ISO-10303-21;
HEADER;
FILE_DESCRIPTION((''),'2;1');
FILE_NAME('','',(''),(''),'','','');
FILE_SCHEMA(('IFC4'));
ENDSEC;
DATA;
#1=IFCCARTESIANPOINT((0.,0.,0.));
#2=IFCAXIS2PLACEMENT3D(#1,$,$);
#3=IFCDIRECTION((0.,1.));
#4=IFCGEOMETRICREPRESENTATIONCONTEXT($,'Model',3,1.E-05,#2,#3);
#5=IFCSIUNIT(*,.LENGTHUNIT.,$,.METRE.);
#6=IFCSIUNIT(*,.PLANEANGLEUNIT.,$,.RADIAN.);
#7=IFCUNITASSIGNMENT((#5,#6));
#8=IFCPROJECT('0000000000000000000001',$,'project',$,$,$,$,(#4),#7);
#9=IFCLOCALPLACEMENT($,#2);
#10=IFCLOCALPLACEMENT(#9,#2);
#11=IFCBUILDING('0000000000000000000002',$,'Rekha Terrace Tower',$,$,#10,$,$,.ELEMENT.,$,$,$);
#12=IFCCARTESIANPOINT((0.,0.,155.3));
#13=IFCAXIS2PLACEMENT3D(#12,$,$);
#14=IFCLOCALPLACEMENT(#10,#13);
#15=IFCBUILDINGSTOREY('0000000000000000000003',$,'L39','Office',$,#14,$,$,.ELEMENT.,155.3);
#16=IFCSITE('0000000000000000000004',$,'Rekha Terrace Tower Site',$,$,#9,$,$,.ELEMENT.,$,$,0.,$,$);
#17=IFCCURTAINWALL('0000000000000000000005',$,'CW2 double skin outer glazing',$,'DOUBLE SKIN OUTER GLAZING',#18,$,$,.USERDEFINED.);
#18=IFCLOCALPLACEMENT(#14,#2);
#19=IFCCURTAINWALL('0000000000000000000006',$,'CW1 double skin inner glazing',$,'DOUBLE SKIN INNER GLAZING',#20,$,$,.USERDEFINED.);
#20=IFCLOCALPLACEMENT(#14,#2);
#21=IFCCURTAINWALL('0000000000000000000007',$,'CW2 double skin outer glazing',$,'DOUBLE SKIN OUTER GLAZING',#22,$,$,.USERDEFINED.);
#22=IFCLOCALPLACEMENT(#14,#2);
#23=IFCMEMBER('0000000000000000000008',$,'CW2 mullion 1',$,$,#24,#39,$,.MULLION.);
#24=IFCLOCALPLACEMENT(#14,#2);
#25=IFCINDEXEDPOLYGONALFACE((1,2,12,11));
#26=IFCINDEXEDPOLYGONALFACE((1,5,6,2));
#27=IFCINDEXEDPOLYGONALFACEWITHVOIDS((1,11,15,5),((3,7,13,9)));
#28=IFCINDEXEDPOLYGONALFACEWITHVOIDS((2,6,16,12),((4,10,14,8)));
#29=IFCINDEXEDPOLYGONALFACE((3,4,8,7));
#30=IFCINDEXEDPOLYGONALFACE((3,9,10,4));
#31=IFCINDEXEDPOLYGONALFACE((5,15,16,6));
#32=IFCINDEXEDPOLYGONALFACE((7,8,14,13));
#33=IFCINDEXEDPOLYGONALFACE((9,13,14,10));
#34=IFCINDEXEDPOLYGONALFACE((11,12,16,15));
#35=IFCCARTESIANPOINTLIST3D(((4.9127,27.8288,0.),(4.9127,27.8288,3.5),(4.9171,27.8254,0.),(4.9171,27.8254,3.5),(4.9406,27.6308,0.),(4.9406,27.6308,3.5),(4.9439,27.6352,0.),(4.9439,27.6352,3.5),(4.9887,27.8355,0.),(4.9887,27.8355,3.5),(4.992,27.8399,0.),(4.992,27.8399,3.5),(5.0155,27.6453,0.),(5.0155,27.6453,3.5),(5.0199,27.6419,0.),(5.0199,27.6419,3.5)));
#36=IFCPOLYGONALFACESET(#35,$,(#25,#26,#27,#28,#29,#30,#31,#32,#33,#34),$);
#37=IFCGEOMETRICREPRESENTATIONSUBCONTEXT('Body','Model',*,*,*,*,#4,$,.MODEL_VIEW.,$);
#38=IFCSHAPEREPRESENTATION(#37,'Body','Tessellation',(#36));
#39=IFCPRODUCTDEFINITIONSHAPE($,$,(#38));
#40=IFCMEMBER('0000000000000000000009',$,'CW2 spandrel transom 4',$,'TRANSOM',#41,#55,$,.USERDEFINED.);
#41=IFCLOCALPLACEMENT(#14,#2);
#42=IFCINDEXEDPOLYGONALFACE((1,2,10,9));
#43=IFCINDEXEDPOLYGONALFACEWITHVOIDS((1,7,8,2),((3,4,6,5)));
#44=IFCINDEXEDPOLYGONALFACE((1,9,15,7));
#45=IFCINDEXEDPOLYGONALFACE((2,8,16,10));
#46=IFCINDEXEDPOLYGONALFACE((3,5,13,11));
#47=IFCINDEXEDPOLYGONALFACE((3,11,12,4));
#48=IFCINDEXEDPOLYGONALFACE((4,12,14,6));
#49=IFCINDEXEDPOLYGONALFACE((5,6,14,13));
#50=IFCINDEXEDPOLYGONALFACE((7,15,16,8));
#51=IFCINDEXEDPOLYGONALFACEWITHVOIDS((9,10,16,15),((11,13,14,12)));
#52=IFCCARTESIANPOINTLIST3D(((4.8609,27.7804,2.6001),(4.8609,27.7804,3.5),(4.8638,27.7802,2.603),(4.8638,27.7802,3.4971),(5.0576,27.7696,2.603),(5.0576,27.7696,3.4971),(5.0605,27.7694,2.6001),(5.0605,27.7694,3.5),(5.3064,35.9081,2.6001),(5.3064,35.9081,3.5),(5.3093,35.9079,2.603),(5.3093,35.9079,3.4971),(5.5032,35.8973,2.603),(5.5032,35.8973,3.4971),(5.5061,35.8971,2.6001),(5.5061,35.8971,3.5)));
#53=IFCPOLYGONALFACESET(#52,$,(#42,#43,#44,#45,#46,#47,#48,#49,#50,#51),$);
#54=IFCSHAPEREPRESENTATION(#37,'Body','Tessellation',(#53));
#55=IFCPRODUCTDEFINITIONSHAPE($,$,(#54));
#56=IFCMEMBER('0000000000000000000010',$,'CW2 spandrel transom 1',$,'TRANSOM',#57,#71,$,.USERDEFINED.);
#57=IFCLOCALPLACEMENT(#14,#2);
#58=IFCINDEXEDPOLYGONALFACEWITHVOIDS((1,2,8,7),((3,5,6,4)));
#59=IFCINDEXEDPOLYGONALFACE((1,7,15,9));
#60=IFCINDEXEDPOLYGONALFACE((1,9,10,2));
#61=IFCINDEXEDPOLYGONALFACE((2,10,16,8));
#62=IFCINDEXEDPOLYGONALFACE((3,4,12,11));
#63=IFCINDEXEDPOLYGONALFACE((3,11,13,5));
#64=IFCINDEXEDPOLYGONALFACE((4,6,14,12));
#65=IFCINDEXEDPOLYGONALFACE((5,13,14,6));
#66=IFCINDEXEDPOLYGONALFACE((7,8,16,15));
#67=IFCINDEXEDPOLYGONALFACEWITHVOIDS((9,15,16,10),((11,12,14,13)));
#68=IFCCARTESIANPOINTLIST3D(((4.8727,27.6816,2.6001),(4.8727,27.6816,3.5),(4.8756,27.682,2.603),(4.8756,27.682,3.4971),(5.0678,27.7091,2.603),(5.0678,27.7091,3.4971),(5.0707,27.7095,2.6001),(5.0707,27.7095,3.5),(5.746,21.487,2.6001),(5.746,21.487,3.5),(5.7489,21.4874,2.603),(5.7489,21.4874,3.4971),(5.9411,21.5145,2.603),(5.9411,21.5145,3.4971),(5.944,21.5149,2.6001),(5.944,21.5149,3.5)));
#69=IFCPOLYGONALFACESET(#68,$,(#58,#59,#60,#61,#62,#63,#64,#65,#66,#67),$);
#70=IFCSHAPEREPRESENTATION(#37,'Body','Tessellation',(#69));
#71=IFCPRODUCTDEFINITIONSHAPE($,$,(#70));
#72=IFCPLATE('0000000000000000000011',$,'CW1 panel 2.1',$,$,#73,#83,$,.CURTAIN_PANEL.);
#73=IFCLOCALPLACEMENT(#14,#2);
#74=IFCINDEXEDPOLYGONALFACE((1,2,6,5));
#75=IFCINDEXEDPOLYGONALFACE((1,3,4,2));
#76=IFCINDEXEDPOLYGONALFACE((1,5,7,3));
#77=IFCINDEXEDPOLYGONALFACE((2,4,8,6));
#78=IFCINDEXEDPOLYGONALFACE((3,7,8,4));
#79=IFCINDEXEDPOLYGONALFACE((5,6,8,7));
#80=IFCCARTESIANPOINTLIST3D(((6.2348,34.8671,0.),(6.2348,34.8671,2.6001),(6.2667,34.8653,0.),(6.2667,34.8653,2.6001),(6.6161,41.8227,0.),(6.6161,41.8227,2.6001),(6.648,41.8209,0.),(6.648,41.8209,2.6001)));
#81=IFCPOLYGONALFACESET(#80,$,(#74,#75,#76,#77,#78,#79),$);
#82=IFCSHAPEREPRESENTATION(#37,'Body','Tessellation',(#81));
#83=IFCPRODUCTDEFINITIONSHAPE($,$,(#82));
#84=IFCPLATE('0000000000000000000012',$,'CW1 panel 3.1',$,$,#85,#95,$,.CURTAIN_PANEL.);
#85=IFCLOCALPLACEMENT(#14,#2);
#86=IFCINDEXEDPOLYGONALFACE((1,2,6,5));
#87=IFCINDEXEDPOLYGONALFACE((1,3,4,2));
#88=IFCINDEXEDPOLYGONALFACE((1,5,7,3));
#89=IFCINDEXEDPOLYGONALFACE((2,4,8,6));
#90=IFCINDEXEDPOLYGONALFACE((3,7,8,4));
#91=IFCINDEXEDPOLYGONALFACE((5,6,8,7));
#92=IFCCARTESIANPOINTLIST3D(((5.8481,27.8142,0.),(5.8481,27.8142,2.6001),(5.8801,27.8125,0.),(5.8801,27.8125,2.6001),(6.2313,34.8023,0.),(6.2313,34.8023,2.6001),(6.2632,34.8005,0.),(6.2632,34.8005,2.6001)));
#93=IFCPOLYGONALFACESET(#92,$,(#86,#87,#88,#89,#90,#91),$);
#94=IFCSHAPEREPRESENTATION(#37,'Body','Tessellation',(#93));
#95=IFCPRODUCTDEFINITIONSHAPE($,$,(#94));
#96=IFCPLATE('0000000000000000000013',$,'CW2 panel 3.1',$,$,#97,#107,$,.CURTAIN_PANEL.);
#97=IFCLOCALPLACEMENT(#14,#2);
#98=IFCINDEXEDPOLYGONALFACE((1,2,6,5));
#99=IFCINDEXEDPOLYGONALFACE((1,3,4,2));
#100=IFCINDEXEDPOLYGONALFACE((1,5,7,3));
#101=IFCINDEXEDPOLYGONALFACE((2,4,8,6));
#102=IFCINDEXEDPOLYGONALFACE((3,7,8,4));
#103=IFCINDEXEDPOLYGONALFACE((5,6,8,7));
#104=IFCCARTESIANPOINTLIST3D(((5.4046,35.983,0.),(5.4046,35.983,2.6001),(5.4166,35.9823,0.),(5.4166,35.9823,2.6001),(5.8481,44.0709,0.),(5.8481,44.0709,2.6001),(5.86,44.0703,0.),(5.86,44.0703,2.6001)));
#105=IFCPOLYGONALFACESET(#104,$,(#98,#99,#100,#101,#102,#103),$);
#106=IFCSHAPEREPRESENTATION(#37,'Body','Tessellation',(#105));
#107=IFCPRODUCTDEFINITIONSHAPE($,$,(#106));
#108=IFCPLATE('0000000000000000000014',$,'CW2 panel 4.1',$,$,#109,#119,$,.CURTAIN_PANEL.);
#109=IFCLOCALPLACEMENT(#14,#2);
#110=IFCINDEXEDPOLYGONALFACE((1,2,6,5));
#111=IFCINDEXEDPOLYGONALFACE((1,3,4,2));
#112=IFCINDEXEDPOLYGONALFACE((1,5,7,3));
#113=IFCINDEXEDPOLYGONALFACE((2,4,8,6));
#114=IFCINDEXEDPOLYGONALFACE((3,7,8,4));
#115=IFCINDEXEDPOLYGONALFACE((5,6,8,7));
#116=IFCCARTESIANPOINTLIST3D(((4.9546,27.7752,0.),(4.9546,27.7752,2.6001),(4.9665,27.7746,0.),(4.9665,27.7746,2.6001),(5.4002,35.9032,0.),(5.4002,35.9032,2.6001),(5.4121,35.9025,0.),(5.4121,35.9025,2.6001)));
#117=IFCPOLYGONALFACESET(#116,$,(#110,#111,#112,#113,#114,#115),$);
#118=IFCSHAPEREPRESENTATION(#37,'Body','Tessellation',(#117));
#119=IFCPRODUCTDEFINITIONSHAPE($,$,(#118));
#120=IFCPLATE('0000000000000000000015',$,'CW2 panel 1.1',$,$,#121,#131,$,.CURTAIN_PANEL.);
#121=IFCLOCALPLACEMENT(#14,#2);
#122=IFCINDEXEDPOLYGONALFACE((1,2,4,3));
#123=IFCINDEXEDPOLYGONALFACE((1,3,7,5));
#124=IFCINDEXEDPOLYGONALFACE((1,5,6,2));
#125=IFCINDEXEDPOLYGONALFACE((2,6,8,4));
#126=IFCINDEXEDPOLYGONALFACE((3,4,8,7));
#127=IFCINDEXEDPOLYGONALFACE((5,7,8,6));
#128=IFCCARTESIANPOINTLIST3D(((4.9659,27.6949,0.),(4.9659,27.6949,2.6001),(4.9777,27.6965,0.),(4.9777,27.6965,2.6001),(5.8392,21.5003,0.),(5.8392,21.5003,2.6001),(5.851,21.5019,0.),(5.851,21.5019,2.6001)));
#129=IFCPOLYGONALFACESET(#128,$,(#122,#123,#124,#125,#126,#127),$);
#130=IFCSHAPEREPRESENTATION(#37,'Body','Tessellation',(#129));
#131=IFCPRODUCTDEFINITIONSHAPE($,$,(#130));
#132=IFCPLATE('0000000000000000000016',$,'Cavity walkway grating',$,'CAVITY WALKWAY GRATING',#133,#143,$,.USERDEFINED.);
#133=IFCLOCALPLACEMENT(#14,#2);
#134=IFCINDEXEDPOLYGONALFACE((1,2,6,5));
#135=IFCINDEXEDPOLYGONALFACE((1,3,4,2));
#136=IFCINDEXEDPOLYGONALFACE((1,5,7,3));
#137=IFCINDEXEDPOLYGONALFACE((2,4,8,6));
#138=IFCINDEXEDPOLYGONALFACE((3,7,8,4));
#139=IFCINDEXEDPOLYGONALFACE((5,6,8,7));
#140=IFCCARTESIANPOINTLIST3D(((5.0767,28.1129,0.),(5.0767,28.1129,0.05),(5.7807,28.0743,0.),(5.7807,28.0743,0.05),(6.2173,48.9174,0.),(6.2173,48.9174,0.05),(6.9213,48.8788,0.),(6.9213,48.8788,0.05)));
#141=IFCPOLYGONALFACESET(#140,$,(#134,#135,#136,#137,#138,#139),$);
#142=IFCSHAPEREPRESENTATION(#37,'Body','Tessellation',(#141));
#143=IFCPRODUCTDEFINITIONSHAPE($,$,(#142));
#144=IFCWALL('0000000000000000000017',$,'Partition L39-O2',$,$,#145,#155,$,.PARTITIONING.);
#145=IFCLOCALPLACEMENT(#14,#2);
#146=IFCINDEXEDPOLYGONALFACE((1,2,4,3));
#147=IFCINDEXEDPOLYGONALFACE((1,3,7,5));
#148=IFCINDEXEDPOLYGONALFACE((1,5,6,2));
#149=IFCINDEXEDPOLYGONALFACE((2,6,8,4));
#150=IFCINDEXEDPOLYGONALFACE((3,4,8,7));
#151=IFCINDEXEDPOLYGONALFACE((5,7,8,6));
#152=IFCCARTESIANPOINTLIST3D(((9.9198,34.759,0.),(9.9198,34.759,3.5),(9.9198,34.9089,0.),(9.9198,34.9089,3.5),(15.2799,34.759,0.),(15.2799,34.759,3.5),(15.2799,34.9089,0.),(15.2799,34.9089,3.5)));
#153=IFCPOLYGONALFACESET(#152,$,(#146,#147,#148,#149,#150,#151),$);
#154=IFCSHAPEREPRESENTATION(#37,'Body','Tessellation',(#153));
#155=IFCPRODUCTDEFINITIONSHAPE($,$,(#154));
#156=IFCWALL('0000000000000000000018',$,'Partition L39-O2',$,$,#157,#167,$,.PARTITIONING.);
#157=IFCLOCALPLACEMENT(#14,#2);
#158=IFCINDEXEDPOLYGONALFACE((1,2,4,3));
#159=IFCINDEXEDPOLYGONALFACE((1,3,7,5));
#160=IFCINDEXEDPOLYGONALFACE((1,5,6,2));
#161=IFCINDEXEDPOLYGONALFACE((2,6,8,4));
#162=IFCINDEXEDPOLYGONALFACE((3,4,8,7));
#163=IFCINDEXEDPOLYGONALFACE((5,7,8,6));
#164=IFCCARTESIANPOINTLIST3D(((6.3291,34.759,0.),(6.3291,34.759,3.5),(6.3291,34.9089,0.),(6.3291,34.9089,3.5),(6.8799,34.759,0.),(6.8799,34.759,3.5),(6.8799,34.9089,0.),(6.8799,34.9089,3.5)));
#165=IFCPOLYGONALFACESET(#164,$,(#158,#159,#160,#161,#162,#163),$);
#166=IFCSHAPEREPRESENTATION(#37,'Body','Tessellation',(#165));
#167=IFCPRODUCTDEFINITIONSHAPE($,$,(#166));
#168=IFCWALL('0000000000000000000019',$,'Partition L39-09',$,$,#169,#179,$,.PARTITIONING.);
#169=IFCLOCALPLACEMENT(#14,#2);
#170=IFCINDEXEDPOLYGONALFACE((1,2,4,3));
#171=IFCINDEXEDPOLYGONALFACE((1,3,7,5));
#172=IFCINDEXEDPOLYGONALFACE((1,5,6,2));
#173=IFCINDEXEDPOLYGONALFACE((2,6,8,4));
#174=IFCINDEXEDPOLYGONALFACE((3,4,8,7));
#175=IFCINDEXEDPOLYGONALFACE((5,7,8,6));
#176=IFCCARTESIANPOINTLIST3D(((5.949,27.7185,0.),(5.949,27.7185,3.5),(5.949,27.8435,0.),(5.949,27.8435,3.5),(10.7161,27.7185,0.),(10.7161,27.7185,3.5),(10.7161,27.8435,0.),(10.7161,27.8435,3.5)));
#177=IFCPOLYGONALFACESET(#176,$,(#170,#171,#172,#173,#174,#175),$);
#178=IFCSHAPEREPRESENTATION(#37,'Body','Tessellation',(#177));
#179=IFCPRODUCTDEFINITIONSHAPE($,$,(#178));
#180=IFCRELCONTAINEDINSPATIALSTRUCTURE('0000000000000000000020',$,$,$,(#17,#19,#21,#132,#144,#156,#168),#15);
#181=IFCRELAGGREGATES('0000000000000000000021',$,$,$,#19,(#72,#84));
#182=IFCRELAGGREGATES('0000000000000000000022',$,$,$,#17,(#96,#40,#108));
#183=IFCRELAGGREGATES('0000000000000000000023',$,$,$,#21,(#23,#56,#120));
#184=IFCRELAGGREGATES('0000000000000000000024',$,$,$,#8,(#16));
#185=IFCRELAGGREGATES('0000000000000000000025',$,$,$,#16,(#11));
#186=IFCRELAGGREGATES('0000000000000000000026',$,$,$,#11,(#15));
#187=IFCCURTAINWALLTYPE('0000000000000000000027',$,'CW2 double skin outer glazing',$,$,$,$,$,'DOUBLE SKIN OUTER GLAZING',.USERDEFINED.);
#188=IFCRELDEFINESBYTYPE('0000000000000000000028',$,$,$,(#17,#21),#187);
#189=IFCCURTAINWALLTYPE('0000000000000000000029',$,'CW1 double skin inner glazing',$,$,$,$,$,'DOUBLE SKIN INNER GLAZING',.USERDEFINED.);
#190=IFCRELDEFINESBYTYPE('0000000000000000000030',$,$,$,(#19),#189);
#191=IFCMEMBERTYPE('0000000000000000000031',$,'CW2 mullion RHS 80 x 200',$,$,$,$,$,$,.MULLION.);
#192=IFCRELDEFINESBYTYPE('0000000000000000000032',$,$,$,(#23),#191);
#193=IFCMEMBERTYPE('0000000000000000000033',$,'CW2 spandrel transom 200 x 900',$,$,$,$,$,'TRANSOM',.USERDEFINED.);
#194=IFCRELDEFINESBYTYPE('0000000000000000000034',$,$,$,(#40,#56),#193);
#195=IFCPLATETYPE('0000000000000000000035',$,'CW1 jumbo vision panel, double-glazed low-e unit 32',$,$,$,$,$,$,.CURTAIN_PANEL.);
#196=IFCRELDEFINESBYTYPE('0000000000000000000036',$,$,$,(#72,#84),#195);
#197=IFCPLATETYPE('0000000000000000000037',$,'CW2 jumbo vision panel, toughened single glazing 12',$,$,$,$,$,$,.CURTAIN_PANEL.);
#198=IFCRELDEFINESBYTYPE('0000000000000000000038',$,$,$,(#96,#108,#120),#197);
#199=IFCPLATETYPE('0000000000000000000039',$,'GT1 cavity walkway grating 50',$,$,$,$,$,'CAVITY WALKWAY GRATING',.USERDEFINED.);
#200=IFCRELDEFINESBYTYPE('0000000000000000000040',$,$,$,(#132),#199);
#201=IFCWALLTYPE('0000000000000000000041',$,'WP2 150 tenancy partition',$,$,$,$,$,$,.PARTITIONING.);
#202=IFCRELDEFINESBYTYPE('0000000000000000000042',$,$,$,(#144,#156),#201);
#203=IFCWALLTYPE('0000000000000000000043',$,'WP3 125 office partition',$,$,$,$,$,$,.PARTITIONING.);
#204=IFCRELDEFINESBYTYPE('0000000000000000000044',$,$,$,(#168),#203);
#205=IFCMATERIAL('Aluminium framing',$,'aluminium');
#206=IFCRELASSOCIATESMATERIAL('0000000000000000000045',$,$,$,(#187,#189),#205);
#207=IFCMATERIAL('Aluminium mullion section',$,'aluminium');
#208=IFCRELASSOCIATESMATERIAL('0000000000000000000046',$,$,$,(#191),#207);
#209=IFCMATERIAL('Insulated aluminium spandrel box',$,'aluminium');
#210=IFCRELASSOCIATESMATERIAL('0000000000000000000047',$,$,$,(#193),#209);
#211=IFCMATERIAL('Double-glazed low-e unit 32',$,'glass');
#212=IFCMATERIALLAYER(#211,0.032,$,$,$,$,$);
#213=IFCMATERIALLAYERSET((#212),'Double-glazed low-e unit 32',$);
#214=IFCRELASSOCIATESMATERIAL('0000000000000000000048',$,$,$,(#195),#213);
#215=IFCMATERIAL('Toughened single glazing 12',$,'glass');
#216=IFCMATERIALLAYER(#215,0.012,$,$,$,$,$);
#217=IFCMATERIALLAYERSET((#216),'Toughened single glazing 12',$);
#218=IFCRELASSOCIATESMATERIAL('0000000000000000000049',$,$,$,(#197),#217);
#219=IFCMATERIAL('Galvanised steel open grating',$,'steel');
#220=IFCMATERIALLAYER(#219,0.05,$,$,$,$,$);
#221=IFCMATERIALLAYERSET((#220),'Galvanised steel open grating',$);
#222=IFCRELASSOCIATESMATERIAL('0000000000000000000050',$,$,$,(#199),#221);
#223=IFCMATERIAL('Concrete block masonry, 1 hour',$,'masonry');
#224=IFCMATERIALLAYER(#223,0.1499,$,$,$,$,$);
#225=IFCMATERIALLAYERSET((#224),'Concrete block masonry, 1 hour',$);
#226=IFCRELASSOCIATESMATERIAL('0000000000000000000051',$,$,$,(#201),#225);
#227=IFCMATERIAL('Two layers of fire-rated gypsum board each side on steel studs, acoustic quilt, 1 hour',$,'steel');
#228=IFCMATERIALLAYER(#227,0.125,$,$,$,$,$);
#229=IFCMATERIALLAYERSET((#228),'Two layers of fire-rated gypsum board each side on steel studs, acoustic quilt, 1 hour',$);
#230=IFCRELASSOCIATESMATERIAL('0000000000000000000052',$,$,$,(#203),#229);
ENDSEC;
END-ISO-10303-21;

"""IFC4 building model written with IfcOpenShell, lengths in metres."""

from ifc_helpers import new_model, si_unit, direction, frame, frame_2d, origin, origin_2d, place, context, subcontext, project, spatial, rectangle, hollow_rectangle, extrude, material, layer, layer_set, material_profile, profile_set, type_object, element, aggregate, save


model = new_model("IFC4")

# Units and contexts
model_context = context("Model", 3, precision=1e-05, world=origin(), true_north=direction((0.0, 1.0)))
body_context = subcontext(model_context, "Body", "Model", "MODEL_VIEW")
ifc_project = project(units=[si_unit("LENGTHUNIT", "METRE"), si_unit("PLANEANGLEUNIT", "RADIAN")], contexts=[model_context])

# Site, building, storey
site_placement = place(None, origin())
site = spatial("IfcSite", under=ifc_project, at=site_placement, Name="Rekha Terrace Tower Site", CompositionType="ELEMENT", RefElevation=0.0)
building_placement = place(site_placement, origin())
building = spatial("IfcBuilding", under=site, at=building_placement, Name="Rekha Terrace Tower", CompositionType="ELEMENT")
storey_placement = place(building_placement, frame((0.0, 0.0, 155.3)))
storey = spatial("IfcBuildingStorey", under=building, at=storey_placement, Name="L39", Description="Office", CompositionType="ELEMENT", Elevation=155.3)

# Curtain wall
ifc_material_1 = material(Name="Aluminium framing", Category="aluminium")
curtain_wall_type_1 = type_object("IfcCurtainWallType", Name="CW2 double skin outer glazing", ElementType="DOUBLE SKIN OUTER GLAZING", PredefinedType="USERDEFINED", material=ifc_material_1)
curtain_wall_1_placement = place(storey_placement, origin())
curtain_wall_1 = element("IfcCurtainWall", 1, at=curtain_wall_1_placement, inside=storey, type_object=curtain_wall_type_1, Name="CW2 double skin outer glazing", ObjectType="DOUBLE SKIN OUTER GLAZING", PredefinedType="USERDEFINED")

# Curtain wall
curtain_wall_type_2 = type_object("IfcCurtainWallType", Name="CW1 double skin inner glazing", ElementType="DOUBLE SKIN INNER GLAZING", PredefinedType="USERDEFINED", material=ifc_material_1)
curtain_wall_2_placement = place(storey_placement, origin())
curtain_wall_2 = element("IfcCurtainWall", 2, at=curtain_wall_2_placement, inside=storey, type_object=curtain_wall_type_2, Name="CW1 double skin inner glazing", ObjectType="DOUBLE SKIN INNER GLAZING", PredefinedType="USERDEFINED")
ifc_material_2 = material(Name="Aluminium mullion section", Category="aluminium")

# Shared definitions
ifc_material_3 = material(Name="Insulated aluminium spandrel box", Category="aluminium")
ifc_material_profile_1 = material_profile(ifc_material_2, hollow_rectangle(XDim=0.0801, YDim=0.2, WallThickness=0.0039, at=origin_2d()), Name="AL RHS 80x200")
ifc_profile_set_1 = profile_set([ifc_material_profile_1], Name="Aluminium mullion section")
member_type_1 = type_object("IfcMemberType", Name="CW2 mullion RHS 80 x 200", PredefinedType="MULLION", material=ifc_profile_set_1)

# Curtain wall, member
curtain_wall_3_placement = place(storey_placement, origin())
curtain_wall_3 = element("IfcCurtainWall", 3, at=curtain_wall_3_placement, inside=storey, type_object=curtain_wall_type_1, Name="CW2 double skin outer glazing", ObjectType="DOUBLE SKIN OUTER GLAZING", PredefinedType="USERDEFINED")
member_1_placement = place(storey_placement, frame((4.9663, 27.7354, 0.0), z_axis=(0.0, 0.0, 1.0), x_axis=(0.990208, 0.139597, 0.0)))
member_1 = element("IfcMember", 4, at=member_1_placement, type_object=member_type_1, Name="CW2 mullion 1", PredefinedType="MULLION", context=body_context, shape_type="SweptSolid", body=[
    extrude(hollow_rectangle(XDim=0.0801, YDim=0.2, WallThickness=0.0039, at=origin_2d()), origin(), (0.0, 0.0, 1.0), 3.5),
])

# Members
ifc_material_profile_2 = material_profile(ifc_material_3, hollow_rectangle(XDim=0.2, YDim=0.8999, WallThickness=0.0029, at=origin_2d()), Name="AL SPANDREL BOX 200x900")
ifc_profile_set_2 = profile_set([ifc_material_profile_2], Name="Insulated aluminium spandrel box")
member_type_2 = type_object("IfcMemberType", Name="CW2 spandrel transom 200 x 900", ElementType="TRANSOM", PredefinedType="USERDEFINED", material=ifc_profile_set_2)
member_2_placement = place(storey_placement, frame((5.4062, 35.9026, 3.05), z_axis=(-0.054737, -0.998501, 0.0), x_axis=(0.998501, -0.054737, 0.0)))
member_2 = element("IfcMember", 5, at=member_2_placement, type_object=member_type_2, Name="CW2 spandrel transom 4", ObjectType="TRANSOM", PredefinedType="USERDEFINED", context=body_context, shape_type="SweptSolid", body=[
    extrude(hollow_rectangle(XDim=0.2, YDim=0.8999, WallThickness=0.0029, at=origin_2d()), origin(), (0.0, 0.0, 1.0), 8.1399),
])
member_3_placement = place(storey_placement, frame((4.9717, 27.6956, 3.05), z_axis=(0.139596, -0.990209, 0.0), x_axis=(0.990209, 0.139596, 0.0)))
member_3 = element("IfcMember", 6, at=member_3_placement, type_object=member_type_2, Name="CW2 spandrel transom 1", ObjectType="TRANSOM", PredefinedType="USERDEFINED", context=body_context, shape_type="SweptSolid", body=[
    extrude(hollow_rectangle(XDim=0.2, YDim=0.8999, WallThickness=0.0029, at=origin_2d()), origin(), (0.0, 0.0, 1.0), 6.2559),
])

# Plates
ifc_material_4 = material(Name="Double-glazed low-e unit 32", Category="glass")
ifc_layer_1 = layer(ifc_material_4, 0.032)
ifc_layer_set_1 = layer_set([ifc_layer_1], Name="Double-glazed low-e unit 32")
plate_type_1 = type_object("IfcPlateType", Name="CW1 jumbo vision panel, double-glazed low-e unit 32", PredefinedType="CURTAIN_PANEL", material=ifc_layer_set_1)
plate_1_placement = place(storey_placement, frame((6.4414, 38.344, 0.0), z_axis=(0.0, 0.0, 1.0), x_axis=(-0.054742, -0.998501, 0.0)))
plate_1 = element("IfcPlate", 7, at=plate_1_placement, type_object=plate_type_1, Name="CW1 panel 2.1", PredefinedType="CURTAIN_PANEL", context=body_context, shape_type="SweptSolid", body=[
    extrude(rectangle(XDim=6.9661, YDim=0.032, at=origin_2d()), origin(), (0.0, 0.0, 1.0), 2.6001),
])
plate_2_placement = place(storey_placement, frame((6.0557, 31.3074, 0.0), z_axis=(0.0, 0.0, 1.0), x_axis=(-0.054742, -0.998501, 0.0)))
plate_2 = element("IfcPlate", 8, at=plate_2_placement, type_object=plate_type_1, Name="CW1 panel 3.1", PredefinedType="CURTAIN_PANEL", context=body_context, shape_type="SweptSolid", body=[
    extrude(rectangle(XDim=6.9985, YDim=0.032, at=origin_2d()), origin(), (0.0, 0.0, 1.0), 2.6001),
])
aggregate(curtain_wall_2, [plate_1, plate_2])
ifc_material_5 = material(Name="Toughened single glazing 12", Category="glass")
ifc_layer_2 = layer(ifc_material_5, 0.012)
ifc_layer_set_2 = layer_set([ifc_layer_2], Name="Toughened single glazing 12")
plate_type_2 = type_object("IfcPlateType", Name="CW2 jumbo vision panel, toughened single glazing 12", PredefinedType="CURTAIN_PANEL", material=ifc_layer_set_2)
plate_3_placement = place(storey_placement, frame((5.6323, 40.0266, 0.0), z_axis=(0.0, 0.0, 1.0), x_axis=(-0.054742, -0.998501, 0.0)))
plate_3 = element("IfcPlate", 9, at=plate_3_placement, type_object=plate_type_2, Name="CW2 panel 3.1", PredefinedType="CURTAIN_PANEL", context=body_context, shape_type="SweptSolid", body=[
    extrude(rectangle(XDim=8.1001, YDim=0.012, at=origin_2d()), origin(), (0.0, 0.0, 1.0), 2.6001),
])
plate_4_placement = place(storey_placement, frame((5.1833, 31.8389, 0.0), z_axis=(0.0, 0.0, 1.0), x_axis=(-0.054742, -0.998501, 0.0)))
plate_4 = element("IfcPlate", 10, at=plate_4_placement, type_object=plate_type_2, Name="CW2 panel 4.1", PredefinedType="CURTAIN_PANEL", context=body_context, shape_type="SweptSolid", body=[
    extrude(rectangle(XDim=8.1401, YDim=0.012, at=origin_2d()), origin(), (0.0, 0.0, 1.0), 2.6001),
])
aggregate(curtain_wall_1, [plate_3, member_2, plate_4])
plate_5_placement = place(storey_placement, frame((5.4084, 24.5984, 0.0), z_axis=(0.0, 0.0, 1.0), x_axis=(0.139597, -0.990208, 0.0)))
plate_5 = element("IfcPlate", 11, at=plate_5_placement, type_object=plate_type_2, Name="CW2 panel 1.1", PredefinedType="CURTAIN_PANEL", context=body_context, shape_type="SweptSolid", body=[
    extrude(rectangle(XDim=6.2559, YDim=0.012, at=origin_2d()), origin(), (0.0, 0.0, 1.0), 2.6001),
])
aggregate(curtain_wall_3, [member_1, member_3, plate_5])
ifc_material_6 = material(Name="Galvanised steel open grating", Category="steel")
ifc_layer_3 = layer(ifc_material_6, 0.05)
ifc_layer_set_3 = layer_set([ifc_layer_3], Name="Galvanised steel open grating")
plate_type_3 = type_object("IfcPlateType", Name="GT1 cavity walkway grating 50", ElementType="CAVITY WALKWAY GRATING", PredefinedType="USERDEFINED", material=ifc_layer_set_3)
plate_6_placement = place(storey_placement, frame((5.999, 38.4958, 0.0), z_axis=(0.0, 0.0, 1.0), x_axis=(-0.054742, -0.998501, 0.0)))
element("IfcPlate", 12, at=plate_6_placement, inside=storey, type_object=plate_type_3, Name="Cavity walkway grating", ObjectType="CAVITY WALKWAY GRATING", PredefinedType="USERDEFINED", context=body_context, shape_type="SweptSolid", body=[
    extrude(rectangle(XDim=20.8357, YDim=0.7051, at=origin_2d()), origin(), (0.0, 0.0, 1.0), 0.05),
])

# Walls
ifc_material_7 = material(Name="Concrete block masonry, 1 hour", Category="masonry")
ifc_layer_4 = layer(ifc_material_7, 0.1499)
ifc_layer_set_4 = layer_set([ifc_layer_4], Name="Concrete block masonry, 1 hour")
wall_type_1 = type_object("IfcWallType", Name="WP2 150 tenancy partition", PredefinedType="PARTITIONING", material=ifc_layer_set_4)
wall_1_placement = place(storey_placement, frame((15.28, 34.834, 0.0), z_axis=(0.0, 0.0, 1.0), x_axis=(-1.0, 0.0, 0.0)))
element("IfcWall", 13, at=wall_1_placement, inside=storey, type_object=wall_type_1, Name="Partition L39-O2", PredefinedType="PARTITIONING", context=body_context, shape_type="SweptSolid", body=[
    extrude(rectangle(XDim=5.3601, YDim=0.1499, at=frame_2d((2.6802, 0.0))), origin(), (0.0, 0.0, 1.0), 3.5),
])
wall_2_placement = place(storey_placement, frame((6.8799, 34.834, 0.0), z_axis=(0.0, 0.0, 1.0), x_axis=(-1.0, 0.0, 0.0)))
element("IfcWall", 14, at=wall_2_placement, inside=storey, type_object=wall_type_1, Name="Partition L39-O2", PredefinedType="PARTITIONING", context=body_context, shape_type="SweptSolid", body=[
    extrude(rectangle(XDim=0.5508, YDim=0.1499, at=frame_2d((0.2754, 0.0))), origin(), (0.0, 0.0, 1.0), 3.5),
])
ifc_material_8 = material(Name="Two layers of fire-rated gypsum board each side on steel studs, acoustic quilt, 1 hour", Category="steel")
ifc_layer_5 = layer(ifc_material_8, 0.125)
ifc_layer_set_5 = layer_set([ifc_layer_5], Name="Two layers of fire-rated gypsum board each side on steel studs, acoustic quilt, 1 hour")
wall_type_2 = type_object("IfcWallType", Name="WP3 125 office partition", PredefinedType="PARTITIONING", material=ifc_layer_set_5)
wall_3_placement = place(storey_placement, frame((5.949, 27.781, 0.0), z_axis=(0.0, 0.0, 1.0), x_axis=(1.0, 0.0, 0.0)))
element("IfcWall", 15, at=wall_3_placement, inside=storey, type_object=wall_type_2, Name="Partition L39-09", PredefinedType="PARTITIONING", context=body_context, shape_type="SweptSolid", body=[
    extrude(rectangle(XDim=4.7671, YDim=0.125, at=frame_2d((2.3835, 0.0))), origin(), (0.0, 0.0, 1.0), 3.5),
])

save(model, "model.ifc")
